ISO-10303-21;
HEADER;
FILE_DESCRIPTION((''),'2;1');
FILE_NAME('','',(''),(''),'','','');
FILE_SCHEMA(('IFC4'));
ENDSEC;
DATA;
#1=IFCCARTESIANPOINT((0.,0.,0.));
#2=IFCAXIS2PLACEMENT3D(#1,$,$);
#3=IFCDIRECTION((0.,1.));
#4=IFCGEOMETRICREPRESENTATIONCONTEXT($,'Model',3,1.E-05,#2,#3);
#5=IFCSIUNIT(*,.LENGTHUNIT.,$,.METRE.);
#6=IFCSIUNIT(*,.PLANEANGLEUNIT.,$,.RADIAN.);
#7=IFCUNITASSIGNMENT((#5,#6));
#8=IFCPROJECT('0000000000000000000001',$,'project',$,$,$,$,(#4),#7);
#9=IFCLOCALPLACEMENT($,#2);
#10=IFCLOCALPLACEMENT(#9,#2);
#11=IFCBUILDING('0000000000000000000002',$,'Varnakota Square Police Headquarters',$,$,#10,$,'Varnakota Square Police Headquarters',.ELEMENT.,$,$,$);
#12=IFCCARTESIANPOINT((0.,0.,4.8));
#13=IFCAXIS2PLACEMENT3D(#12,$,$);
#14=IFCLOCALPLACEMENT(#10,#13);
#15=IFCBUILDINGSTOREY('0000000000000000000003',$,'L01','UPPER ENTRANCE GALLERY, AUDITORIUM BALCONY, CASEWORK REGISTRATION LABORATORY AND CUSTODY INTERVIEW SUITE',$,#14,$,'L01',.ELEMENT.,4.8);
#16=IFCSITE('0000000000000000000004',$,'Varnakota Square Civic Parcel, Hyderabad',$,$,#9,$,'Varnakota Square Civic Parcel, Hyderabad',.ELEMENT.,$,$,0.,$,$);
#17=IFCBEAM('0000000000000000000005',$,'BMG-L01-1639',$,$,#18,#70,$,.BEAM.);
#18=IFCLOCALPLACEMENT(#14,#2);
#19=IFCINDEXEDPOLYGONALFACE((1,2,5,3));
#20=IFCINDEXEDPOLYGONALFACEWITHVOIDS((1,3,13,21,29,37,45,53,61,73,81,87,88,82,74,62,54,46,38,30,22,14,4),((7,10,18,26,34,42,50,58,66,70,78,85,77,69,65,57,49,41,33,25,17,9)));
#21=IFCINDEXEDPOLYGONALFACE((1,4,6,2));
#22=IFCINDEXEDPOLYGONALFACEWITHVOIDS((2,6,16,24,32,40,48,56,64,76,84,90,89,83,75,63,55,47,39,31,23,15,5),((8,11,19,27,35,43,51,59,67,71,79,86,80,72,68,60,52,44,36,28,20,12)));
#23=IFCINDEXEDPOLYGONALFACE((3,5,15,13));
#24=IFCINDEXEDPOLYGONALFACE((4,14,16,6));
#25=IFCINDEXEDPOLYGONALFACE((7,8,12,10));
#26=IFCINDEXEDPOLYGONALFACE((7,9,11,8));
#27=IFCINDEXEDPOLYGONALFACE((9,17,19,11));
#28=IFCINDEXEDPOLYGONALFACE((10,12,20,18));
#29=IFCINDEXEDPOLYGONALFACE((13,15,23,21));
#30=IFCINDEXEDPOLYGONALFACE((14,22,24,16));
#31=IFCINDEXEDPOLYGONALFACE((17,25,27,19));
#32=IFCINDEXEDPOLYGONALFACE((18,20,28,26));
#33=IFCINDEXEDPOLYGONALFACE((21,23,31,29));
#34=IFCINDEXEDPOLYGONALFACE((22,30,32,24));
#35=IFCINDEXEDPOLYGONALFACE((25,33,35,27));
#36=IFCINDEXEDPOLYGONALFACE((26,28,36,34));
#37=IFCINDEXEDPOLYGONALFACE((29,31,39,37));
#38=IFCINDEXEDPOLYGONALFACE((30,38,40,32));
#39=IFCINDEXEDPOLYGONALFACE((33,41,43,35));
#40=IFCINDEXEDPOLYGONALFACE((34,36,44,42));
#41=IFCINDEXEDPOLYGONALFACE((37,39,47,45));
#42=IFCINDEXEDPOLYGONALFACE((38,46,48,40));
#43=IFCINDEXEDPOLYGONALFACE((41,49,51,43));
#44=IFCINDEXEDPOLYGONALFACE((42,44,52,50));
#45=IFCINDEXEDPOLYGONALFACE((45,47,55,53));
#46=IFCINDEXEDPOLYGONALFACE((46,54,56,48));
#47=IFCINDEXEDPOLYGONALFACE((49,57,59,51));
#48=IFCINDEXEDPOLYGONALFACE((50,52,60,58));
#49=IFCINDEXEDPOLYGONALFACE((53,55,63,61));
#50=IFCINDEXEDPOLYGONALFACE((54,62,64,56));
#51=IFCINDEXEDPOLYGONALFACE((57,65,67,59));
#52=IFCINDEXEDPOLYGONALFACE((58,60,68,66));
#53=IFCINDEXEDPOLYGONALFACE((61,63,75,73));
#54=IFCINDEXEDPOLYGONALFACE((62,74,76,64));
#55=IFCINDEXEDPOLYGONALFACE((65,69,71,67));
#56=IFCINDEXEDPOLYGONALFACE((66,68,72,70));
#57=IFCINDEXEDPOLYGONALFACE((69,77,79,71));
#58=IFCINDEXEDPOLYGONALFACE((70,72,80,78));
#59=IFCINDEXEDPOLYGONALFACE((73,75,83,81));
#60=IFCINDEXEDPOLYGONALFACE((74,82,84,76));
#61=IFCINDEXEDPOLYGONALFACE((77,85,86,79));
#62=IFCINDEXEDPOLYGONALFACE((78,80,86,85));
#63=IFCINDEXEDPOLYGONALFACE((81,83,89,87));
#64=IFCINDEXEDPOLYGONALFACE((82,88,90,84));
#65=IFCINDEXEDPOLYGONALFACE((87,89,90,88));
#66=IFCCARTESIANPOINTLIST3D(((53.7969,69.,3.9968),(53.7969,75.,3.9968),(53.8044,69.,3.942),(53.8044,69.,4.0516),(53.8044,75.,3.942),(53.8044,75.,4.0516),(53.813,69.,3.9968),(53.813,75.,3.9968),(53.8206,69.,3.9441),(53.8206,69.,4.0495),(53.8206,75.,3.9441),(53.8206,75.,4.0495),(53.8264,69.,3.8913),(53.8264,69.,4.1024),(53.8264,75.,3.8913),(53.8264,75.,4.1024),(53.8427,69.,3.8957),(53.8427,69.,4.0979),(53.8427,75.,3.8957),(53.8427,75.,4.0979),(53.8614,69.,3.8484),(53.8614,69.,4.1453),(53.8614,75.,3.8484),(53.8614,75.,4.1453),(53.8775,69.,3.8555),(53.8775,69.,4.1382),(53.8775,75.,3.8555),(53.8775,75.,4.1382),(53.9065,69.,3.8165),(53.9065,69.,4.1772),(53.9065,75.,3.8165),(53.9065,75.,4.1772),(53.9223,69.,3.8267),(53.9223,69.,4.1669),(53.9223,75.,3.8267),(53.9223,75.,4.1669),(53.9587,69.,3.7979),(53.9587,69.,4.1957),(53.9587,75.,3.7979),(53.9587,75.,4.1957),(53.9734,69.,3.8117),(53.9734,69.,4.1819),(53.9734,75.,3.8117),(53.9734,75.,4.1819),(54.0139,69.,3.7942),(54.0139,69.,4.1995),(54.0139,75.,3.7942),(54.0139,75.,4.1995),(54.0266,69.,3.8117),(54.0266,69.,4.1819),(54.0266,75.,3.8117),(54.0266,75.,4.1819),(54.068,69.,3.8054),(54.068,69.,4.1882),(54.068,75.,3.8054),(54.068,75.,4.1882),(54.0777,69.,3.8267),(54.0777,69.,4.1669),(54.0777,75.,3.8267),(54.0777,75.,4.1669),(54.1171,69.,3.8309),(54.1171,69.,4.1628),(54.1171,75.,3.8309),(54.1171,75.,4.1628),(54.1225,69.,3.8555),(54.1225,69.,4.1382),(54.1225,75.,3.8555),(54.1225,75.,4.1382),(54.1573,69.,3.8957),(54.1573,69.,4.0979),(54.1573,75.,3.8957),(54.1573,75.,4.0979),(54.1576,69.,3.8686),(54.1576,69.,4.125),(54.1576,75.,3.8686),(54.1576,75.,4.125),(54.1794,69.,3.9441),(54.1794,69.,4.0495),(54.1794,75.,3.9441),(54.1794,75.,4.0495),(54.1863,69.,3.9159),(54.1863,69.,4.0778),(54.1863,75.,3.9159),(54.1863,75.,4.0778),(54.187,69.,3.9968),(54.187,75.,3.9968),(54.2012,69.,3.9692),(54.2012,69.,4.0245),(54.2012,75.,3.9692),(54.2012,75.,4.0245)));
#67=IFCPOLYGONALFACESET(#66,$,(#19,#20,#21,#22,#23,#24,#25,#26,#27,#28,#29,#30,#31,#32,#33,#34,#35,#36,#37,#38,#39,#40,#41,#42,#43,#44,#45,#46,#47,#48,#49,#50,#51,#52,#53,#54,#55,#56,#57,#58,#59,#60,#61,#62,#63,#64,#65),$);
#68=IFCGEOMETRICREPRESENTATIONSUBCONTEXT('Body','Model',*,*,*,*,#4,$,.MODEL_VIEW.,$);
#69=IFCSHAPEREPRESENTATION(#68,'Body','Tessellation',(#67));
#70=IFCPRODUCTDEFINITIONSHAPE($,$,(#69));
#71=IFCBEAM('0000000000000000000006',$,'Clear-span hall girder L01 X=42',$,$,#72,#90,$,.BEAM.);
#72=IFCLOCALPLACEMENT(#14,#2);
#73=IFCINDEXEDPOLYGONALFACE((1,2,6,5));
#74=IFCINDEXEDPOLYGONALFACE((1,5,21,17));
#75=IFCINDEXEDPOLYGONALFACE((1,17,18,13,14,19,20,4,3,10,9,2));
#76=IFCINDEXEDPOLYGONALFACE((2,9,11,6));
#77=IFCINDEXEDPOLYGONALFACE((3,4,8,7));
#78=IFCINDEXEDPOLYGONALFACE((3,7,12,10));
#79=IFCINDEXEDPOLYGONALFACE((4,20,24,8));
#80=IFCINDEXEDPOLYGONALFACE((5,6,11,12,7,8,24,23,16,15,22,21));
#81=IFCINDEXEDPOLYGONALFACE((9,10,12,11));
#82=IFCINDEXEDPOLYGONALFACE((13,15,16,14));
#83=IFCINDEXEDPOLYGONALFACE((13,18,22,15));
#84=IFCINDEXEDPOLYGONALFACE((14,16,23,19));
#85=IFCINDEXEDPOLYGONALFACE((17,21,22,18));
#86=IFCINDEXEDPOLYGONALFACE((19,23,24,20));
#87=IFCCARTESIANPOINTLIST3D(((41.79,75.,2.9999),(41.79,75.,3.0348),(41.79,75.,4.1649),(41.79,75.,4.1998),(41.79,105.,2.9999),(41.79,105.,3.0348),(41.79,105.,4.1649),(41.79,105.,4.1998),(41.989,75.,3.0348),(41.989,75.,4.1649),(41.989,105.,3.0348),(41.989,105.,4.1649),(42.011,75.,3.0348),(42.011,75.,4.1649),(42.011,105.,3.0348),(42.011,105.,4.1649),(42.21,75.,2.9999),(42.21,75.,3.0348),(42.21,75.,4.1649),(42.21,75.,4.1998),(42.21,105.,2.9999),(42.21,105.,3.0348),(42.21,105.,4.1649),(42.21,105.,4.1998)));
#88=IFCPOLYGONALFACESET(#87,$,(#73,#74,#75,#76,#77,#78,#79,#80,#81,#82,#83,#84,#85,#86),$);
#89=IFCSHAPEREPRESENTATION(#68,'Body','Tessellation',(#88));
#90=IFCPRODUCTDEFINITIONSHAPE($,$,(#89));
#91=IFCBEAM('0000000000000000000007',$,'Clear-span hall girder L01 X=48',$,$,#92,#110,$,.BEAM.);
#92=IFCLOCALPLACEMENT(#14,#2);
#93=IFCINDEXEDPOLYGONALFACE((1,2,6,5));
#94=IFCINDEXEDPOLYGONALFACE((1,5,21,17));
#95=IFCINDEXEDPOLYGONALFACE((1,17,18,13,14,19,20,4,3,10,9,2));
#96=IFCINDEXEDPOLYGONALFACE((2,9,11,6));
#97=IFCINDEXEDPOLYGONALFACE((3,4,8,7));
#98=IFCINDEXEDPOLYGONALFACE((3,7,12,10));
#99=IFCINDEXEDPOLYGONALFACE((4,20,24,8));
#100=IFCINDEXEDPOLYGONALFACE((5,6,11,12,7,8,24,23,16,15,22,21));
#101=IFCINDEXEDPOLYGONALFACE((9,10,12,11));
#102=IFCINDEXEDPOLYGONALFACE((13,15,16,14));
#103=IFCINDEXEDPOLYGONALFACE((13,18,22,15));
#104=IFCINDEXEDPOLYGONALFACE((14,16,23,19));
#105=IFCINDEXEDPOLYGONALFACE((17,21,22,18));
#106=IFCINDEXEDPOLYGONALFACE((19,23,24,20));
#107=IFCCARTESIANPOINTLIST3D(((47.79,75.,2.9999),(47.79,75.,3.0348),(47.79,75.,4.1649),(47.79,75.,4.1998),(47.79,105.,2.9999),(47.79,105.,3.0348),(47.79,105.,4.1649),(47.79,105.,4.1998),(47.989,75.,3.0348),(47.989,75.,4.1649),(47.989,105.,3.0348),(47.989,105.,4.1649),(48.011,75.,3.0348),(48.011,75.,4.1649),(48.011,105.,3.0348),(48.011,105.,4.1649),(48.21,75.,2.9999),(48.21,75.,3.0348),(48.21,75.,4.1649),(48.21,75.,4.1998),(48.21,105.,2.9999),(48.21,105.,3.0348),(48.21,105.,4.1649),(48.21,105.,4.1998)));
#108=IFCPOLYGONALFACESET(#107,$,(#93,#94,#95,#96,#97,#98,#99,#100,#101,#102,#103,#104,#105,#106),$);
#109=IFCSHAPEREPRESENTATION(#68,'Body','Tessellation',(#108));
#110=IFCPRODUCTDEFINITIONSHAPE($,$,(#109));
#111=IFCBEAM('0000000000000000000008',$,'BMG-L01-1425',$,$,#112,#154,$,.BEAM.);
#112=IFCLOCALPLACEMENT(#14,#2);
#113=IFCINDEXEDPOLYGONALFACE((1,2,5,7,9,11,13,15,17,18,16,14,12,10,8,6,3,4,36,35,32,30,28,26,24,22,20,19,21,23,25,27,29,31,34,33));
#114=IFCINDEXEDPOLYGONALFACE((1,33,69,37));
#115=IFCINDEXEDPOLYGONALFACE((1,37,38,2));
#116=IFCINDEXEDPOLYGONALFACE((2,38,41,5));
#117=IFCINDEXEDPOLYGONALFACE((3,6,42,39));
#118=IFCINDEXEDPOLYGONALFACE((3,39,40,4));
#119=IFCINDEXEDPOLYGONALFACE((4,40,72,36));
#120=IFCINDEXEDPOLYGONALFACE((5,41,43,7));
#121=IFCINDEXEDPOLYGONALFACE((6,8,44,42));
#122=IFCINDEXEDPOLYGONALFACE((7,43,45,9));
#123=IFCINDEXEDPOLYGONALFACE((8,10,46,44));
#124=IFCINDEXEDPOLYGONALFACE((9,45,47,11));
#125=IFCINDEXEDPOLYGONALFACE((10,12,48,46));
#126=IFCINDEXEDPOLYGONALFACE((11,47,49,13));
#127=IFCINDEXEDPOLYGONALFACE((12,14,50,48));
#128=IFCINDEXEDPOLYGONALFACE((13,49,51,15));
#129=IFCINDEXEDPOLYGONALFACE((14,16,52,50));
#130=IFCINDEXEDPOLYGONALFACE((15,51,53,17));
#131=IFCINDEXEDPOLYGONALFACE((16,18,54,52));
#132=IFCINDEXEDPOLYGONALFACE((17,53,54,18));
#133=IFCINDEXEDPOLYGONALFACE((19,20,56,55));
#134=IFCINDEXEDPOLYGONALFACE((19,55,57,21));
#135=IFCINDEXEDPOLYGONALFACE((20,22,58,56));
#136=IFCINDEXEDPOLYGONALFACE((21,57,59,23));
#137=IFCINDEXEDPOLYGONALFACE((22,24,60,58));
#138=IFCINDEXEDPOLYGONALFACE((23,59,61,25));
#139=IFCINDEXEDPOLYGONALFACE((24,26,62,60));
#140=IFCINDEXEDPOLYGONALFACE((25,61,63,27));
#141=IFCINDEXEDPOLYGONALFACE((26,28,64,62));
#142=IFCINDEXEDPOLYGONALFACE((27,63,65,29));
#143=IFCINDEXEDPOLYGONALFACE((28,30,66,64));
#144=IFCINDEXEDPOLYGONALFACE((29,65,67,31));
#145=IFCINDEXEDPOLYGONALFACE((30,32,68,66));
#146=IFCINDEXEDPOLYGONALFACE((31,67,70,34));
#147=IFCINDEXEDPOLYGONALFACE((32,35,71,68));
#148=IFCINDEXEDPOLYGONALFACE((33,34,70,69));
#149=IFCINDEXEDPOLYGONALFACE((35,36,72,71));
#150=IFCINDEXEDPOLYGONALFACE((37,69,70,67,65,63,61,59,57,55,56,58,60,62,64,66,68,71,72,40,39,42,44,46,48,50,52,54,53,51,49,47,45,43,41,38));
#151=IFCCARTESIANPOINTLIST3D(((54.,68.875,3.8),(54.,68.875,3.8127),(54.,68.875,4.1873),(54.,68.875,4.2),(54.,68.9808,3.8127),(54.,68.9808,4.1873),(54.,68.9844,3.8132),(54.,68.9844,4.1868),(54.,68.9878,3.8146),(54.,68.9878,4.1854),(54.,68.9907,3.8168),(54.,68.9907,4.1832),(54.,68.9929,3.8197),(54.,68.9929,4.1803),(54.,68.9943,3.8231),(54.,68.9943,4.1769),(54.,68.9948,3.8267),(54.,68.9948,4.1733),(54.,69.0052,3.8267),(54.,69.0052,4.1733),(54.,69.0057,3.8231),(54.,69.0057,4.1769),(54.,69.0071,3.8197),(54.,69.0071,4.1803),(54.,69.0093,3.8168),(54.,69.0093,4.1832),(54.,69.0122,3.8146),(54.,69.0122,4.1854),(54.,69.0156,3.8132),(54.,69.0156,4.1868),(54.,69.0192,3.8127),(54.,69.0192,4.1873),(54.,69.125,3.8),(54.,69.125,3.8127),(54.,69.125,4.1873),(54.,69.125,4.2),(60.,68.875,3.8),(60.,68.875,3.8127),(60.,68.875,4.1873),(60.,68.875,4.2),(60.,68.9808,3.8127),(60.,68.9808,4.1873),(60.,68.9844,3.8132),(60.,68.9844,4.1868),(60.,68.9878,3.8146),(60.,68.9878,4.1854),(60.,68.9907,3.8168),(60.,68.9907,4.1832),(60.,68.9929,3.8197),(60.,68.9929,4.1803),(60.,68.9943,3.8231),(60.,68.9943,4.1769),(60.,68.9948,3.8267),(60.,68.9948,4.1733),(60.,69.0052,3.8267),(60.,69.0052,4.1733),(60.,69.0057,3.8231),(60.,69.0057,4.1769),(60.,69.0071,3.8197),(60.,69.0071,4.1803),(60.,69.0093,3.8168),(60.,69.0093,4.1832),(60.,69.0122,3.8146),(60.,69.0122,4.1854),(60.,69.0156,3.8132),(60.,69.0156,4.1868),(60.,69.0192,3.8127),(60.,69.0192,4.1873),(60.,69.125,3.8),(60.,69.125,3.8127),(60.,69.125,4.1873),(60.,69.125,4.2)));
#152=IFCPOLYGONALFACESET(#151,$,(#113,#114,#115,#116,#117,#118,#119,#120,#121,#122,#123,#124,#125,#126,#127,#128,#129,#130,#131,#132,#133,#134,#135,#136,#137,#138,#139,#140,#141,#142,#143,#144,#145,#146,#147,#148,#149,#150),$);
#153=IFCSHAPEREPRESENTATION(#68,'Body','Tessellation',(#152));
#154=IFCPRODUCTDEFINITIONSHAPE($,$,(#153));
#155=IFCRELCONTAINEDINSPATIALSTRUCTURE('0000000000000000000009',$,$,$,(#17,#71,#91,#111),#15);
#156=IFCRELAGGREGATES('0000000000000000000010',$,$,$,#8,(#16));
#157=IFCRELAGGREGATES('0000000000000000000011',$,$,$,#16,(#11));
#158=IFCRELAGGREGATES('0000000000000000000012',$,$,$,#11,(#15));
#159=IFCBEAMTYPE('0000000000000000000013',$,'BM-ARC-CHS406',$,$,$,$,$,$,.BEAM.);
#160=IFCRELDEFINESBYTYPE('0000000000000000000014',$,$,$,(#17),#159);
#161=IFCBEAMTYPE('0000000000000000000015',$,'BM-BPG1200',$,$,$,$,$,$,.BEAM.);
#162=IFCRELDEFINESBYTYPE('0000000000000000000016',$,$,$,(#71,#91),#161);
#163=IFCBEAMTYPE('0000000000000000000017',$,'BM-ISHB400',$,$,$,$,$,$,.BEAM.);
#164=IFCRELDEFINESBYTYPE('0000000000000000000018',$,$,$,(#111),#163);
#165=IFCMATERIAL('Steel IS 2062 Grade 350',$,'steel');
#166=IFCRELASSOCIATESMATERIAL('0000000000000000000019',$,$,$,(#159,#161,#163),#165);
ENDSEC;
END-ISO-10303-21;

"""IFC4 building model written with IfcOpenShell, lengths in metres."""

from ifc_helpers import new_model, si_unit, direction, frame, origin, origin_2d, place, context, subcontext, project, spatial, hollow_circle, i_section, extrude, material, material_profile, profile_set, type_object, element, save


model = new_model("IFC4")

# Units and contexts
model_context = context("Model", 3, precision=1e-05, world=origin(), true_north=direction((0.0, 1.0)))
body_context = subcontext(model_context, "Body", "Model", "MODEL_VIEW")
ifc_project = project(units=[si_unit("LENGTHUNIT", "METRE"), si_unit("PLANEANGLEUNIT", "RADIAN")], contexts=[model_context])

# Site, building, storey
site_placement = place(None, origin())
site = spatial("IfcSite", under=ifc_project, at=site_placement, Name="Varnakota Square Civic Parcel, Hyderabad", LongName="Varnakota Square Civic Parcel, Hyderabad", CompositionType="ELEMENT", RefElevation=0.0)
building_placement = place(site_placement, origin())
building = spatial("IfcBuilding", under=site, at=building_placement, Name="Varnakota Square Police Headquarters", LongName="Varnakota Square Police Headquarters", CompositionType="ELEMENT")
storey_placement = place(building_placement, frame((0.0, 0.0, 4.8)))
storey = spatial("IfcBuildingStorey", under=building, at=storey_placement, Name="L01", Description="UPPER ENTRANCE GALLERY, AUDITORIUM BALCONY, CASEWORK REGISTRATION LABORATORY AND CUSTODY INTERVIEW SUITE", LongName="L01", CompositionType="ELEMENT", Elevation=4.8)

# Shared definitions
ifc_material_1 = material(Name="Steel IS 2062 Grade 350", Category="steel")

# Beams
ifc_material_profile_1 = material_profile(ifc_material_1, hollow_circle(Radius=0.2031, WallThickness=0.0161, at=origin_2d()), Name="CHS 406.4x16.0")
ifc_profile_set_1 = profile_set([ifc_material_profile_1], Name="Steel IS 2062 Grade 350")
beam_type_1 = type_object("IfcBeamType", Name="BM-ARC-CHS406", PredefinedType="BEAM", material=ifc_profile_set_1)
for number, where, z_axis, x_axis, name in (
    (1, (54.0, 69.0, 3.9968), (0.0, 1.0, 0.0), (-1.0, 0.0, 0.0), "BMG-L01-1639"),
):
    element("IfcBeam", number, at=place(storey_placement, frame(where, z_axis=z_axis, x_axis=x_axis)), inside=storey, type_object=beam_type_1, Name=name, PredefinedType="BEAM", context=body_context, shape_type="SweptSolid", body=[
        extrude(hollow_circle(Radius=0.2031, WallThickness=0.0161, at=origin_2d()), origin(), (0.0, 0.0, 1.0), 6.0),
    ])
ifc_material_profile_2 = material_profile(ifc_material_1, i_section(OverallWidth=0.4199, OverallDepth=1.2, WebThickness=0.022, FlangeThickness=0.0349, at=origin_2d()), Name="BPG 1200x420")
ifc_profile_set_2 = profile_set([ifc_material_profile_2], Name="Steel IS 2062 Grade 350")
beam_type_2 = type_object("IfcBeamType", Name="BM-BPG1200", PredefinedType="BEAM", material=ifc_profile_set_2)
for number, where, z_axis, x_axis, name in (
    (2, (42.0, 75.0, 3.5999), (0.0, 1.0, 0.0), (-1.0, 0.0, 0.0), "Clear-span hall girder L01 X=42"),
    (3, (48.0, 75.0, 3.5999), (0.0, 1.0, 0.0), (-1.0, 0.0, 0.0), "Clear-span hall girder L01 X=48"),
):
    element("IfcBeam", number, at=place(storey_placement, frame(where, z_axis=z_axis, x_axis=x_axis)), inside=storey, type_object=beam_type_2, Name=name, PredefinedType="BEAM", context=body_context, shape_type="SweptSolid", body=[
        extrude(i_section(OverallWidth=0.4199, OverallDepth=1.2, WebThickness=0.022, FlangeThickness=0.0349, at=origin_2d()), origin(), (0.0, 0.0, 1.0), 30.0),
    ])
ifc_material_profile_3 = material_profile(ifc_material_1, i_section(OverallWidth=0.25, OverallDepth=0.3999, WebThickness=0.0105, FlangeThickness=0.0127, FilletRadius=0.0139, at=origin_2d()), Name="ISHB 400")
ifc_profile_set_3 = profile_set([ifc_material_profile_3], Name="Steel IS 2062 Grade 350")
beam_type_3 = type_object("IfcBeamType", Name="BM-ISHB400", PredefinedType="BEAM", material=ifc_profile_set_3)
beam_1_placement = place(storey_placement, frame((54.0, 69.0, 4.0), z_axis=(1.0, 0.0, 0.0), x_axis=(0.0, 1.0, 0.0)))
element("IfcBeam", 4, at=beam_1_placement, inside=storey, type_object=beam_type_3, Name="BMG-L01-1425", PredefinedType="BEAM", context=body_context, shape_type="SweptSolid", body=[
    extrude(i_section(OverallWidth=0.25, OverallDepth=0.3999, WebThickness=0.0105, FlangeThickness=0.0127, FilletRadius=0.0139, at=origin_2d()), origin(), (0.0, 0.0, 1.0), 6.0),
])

save(model, "model.ifc")
